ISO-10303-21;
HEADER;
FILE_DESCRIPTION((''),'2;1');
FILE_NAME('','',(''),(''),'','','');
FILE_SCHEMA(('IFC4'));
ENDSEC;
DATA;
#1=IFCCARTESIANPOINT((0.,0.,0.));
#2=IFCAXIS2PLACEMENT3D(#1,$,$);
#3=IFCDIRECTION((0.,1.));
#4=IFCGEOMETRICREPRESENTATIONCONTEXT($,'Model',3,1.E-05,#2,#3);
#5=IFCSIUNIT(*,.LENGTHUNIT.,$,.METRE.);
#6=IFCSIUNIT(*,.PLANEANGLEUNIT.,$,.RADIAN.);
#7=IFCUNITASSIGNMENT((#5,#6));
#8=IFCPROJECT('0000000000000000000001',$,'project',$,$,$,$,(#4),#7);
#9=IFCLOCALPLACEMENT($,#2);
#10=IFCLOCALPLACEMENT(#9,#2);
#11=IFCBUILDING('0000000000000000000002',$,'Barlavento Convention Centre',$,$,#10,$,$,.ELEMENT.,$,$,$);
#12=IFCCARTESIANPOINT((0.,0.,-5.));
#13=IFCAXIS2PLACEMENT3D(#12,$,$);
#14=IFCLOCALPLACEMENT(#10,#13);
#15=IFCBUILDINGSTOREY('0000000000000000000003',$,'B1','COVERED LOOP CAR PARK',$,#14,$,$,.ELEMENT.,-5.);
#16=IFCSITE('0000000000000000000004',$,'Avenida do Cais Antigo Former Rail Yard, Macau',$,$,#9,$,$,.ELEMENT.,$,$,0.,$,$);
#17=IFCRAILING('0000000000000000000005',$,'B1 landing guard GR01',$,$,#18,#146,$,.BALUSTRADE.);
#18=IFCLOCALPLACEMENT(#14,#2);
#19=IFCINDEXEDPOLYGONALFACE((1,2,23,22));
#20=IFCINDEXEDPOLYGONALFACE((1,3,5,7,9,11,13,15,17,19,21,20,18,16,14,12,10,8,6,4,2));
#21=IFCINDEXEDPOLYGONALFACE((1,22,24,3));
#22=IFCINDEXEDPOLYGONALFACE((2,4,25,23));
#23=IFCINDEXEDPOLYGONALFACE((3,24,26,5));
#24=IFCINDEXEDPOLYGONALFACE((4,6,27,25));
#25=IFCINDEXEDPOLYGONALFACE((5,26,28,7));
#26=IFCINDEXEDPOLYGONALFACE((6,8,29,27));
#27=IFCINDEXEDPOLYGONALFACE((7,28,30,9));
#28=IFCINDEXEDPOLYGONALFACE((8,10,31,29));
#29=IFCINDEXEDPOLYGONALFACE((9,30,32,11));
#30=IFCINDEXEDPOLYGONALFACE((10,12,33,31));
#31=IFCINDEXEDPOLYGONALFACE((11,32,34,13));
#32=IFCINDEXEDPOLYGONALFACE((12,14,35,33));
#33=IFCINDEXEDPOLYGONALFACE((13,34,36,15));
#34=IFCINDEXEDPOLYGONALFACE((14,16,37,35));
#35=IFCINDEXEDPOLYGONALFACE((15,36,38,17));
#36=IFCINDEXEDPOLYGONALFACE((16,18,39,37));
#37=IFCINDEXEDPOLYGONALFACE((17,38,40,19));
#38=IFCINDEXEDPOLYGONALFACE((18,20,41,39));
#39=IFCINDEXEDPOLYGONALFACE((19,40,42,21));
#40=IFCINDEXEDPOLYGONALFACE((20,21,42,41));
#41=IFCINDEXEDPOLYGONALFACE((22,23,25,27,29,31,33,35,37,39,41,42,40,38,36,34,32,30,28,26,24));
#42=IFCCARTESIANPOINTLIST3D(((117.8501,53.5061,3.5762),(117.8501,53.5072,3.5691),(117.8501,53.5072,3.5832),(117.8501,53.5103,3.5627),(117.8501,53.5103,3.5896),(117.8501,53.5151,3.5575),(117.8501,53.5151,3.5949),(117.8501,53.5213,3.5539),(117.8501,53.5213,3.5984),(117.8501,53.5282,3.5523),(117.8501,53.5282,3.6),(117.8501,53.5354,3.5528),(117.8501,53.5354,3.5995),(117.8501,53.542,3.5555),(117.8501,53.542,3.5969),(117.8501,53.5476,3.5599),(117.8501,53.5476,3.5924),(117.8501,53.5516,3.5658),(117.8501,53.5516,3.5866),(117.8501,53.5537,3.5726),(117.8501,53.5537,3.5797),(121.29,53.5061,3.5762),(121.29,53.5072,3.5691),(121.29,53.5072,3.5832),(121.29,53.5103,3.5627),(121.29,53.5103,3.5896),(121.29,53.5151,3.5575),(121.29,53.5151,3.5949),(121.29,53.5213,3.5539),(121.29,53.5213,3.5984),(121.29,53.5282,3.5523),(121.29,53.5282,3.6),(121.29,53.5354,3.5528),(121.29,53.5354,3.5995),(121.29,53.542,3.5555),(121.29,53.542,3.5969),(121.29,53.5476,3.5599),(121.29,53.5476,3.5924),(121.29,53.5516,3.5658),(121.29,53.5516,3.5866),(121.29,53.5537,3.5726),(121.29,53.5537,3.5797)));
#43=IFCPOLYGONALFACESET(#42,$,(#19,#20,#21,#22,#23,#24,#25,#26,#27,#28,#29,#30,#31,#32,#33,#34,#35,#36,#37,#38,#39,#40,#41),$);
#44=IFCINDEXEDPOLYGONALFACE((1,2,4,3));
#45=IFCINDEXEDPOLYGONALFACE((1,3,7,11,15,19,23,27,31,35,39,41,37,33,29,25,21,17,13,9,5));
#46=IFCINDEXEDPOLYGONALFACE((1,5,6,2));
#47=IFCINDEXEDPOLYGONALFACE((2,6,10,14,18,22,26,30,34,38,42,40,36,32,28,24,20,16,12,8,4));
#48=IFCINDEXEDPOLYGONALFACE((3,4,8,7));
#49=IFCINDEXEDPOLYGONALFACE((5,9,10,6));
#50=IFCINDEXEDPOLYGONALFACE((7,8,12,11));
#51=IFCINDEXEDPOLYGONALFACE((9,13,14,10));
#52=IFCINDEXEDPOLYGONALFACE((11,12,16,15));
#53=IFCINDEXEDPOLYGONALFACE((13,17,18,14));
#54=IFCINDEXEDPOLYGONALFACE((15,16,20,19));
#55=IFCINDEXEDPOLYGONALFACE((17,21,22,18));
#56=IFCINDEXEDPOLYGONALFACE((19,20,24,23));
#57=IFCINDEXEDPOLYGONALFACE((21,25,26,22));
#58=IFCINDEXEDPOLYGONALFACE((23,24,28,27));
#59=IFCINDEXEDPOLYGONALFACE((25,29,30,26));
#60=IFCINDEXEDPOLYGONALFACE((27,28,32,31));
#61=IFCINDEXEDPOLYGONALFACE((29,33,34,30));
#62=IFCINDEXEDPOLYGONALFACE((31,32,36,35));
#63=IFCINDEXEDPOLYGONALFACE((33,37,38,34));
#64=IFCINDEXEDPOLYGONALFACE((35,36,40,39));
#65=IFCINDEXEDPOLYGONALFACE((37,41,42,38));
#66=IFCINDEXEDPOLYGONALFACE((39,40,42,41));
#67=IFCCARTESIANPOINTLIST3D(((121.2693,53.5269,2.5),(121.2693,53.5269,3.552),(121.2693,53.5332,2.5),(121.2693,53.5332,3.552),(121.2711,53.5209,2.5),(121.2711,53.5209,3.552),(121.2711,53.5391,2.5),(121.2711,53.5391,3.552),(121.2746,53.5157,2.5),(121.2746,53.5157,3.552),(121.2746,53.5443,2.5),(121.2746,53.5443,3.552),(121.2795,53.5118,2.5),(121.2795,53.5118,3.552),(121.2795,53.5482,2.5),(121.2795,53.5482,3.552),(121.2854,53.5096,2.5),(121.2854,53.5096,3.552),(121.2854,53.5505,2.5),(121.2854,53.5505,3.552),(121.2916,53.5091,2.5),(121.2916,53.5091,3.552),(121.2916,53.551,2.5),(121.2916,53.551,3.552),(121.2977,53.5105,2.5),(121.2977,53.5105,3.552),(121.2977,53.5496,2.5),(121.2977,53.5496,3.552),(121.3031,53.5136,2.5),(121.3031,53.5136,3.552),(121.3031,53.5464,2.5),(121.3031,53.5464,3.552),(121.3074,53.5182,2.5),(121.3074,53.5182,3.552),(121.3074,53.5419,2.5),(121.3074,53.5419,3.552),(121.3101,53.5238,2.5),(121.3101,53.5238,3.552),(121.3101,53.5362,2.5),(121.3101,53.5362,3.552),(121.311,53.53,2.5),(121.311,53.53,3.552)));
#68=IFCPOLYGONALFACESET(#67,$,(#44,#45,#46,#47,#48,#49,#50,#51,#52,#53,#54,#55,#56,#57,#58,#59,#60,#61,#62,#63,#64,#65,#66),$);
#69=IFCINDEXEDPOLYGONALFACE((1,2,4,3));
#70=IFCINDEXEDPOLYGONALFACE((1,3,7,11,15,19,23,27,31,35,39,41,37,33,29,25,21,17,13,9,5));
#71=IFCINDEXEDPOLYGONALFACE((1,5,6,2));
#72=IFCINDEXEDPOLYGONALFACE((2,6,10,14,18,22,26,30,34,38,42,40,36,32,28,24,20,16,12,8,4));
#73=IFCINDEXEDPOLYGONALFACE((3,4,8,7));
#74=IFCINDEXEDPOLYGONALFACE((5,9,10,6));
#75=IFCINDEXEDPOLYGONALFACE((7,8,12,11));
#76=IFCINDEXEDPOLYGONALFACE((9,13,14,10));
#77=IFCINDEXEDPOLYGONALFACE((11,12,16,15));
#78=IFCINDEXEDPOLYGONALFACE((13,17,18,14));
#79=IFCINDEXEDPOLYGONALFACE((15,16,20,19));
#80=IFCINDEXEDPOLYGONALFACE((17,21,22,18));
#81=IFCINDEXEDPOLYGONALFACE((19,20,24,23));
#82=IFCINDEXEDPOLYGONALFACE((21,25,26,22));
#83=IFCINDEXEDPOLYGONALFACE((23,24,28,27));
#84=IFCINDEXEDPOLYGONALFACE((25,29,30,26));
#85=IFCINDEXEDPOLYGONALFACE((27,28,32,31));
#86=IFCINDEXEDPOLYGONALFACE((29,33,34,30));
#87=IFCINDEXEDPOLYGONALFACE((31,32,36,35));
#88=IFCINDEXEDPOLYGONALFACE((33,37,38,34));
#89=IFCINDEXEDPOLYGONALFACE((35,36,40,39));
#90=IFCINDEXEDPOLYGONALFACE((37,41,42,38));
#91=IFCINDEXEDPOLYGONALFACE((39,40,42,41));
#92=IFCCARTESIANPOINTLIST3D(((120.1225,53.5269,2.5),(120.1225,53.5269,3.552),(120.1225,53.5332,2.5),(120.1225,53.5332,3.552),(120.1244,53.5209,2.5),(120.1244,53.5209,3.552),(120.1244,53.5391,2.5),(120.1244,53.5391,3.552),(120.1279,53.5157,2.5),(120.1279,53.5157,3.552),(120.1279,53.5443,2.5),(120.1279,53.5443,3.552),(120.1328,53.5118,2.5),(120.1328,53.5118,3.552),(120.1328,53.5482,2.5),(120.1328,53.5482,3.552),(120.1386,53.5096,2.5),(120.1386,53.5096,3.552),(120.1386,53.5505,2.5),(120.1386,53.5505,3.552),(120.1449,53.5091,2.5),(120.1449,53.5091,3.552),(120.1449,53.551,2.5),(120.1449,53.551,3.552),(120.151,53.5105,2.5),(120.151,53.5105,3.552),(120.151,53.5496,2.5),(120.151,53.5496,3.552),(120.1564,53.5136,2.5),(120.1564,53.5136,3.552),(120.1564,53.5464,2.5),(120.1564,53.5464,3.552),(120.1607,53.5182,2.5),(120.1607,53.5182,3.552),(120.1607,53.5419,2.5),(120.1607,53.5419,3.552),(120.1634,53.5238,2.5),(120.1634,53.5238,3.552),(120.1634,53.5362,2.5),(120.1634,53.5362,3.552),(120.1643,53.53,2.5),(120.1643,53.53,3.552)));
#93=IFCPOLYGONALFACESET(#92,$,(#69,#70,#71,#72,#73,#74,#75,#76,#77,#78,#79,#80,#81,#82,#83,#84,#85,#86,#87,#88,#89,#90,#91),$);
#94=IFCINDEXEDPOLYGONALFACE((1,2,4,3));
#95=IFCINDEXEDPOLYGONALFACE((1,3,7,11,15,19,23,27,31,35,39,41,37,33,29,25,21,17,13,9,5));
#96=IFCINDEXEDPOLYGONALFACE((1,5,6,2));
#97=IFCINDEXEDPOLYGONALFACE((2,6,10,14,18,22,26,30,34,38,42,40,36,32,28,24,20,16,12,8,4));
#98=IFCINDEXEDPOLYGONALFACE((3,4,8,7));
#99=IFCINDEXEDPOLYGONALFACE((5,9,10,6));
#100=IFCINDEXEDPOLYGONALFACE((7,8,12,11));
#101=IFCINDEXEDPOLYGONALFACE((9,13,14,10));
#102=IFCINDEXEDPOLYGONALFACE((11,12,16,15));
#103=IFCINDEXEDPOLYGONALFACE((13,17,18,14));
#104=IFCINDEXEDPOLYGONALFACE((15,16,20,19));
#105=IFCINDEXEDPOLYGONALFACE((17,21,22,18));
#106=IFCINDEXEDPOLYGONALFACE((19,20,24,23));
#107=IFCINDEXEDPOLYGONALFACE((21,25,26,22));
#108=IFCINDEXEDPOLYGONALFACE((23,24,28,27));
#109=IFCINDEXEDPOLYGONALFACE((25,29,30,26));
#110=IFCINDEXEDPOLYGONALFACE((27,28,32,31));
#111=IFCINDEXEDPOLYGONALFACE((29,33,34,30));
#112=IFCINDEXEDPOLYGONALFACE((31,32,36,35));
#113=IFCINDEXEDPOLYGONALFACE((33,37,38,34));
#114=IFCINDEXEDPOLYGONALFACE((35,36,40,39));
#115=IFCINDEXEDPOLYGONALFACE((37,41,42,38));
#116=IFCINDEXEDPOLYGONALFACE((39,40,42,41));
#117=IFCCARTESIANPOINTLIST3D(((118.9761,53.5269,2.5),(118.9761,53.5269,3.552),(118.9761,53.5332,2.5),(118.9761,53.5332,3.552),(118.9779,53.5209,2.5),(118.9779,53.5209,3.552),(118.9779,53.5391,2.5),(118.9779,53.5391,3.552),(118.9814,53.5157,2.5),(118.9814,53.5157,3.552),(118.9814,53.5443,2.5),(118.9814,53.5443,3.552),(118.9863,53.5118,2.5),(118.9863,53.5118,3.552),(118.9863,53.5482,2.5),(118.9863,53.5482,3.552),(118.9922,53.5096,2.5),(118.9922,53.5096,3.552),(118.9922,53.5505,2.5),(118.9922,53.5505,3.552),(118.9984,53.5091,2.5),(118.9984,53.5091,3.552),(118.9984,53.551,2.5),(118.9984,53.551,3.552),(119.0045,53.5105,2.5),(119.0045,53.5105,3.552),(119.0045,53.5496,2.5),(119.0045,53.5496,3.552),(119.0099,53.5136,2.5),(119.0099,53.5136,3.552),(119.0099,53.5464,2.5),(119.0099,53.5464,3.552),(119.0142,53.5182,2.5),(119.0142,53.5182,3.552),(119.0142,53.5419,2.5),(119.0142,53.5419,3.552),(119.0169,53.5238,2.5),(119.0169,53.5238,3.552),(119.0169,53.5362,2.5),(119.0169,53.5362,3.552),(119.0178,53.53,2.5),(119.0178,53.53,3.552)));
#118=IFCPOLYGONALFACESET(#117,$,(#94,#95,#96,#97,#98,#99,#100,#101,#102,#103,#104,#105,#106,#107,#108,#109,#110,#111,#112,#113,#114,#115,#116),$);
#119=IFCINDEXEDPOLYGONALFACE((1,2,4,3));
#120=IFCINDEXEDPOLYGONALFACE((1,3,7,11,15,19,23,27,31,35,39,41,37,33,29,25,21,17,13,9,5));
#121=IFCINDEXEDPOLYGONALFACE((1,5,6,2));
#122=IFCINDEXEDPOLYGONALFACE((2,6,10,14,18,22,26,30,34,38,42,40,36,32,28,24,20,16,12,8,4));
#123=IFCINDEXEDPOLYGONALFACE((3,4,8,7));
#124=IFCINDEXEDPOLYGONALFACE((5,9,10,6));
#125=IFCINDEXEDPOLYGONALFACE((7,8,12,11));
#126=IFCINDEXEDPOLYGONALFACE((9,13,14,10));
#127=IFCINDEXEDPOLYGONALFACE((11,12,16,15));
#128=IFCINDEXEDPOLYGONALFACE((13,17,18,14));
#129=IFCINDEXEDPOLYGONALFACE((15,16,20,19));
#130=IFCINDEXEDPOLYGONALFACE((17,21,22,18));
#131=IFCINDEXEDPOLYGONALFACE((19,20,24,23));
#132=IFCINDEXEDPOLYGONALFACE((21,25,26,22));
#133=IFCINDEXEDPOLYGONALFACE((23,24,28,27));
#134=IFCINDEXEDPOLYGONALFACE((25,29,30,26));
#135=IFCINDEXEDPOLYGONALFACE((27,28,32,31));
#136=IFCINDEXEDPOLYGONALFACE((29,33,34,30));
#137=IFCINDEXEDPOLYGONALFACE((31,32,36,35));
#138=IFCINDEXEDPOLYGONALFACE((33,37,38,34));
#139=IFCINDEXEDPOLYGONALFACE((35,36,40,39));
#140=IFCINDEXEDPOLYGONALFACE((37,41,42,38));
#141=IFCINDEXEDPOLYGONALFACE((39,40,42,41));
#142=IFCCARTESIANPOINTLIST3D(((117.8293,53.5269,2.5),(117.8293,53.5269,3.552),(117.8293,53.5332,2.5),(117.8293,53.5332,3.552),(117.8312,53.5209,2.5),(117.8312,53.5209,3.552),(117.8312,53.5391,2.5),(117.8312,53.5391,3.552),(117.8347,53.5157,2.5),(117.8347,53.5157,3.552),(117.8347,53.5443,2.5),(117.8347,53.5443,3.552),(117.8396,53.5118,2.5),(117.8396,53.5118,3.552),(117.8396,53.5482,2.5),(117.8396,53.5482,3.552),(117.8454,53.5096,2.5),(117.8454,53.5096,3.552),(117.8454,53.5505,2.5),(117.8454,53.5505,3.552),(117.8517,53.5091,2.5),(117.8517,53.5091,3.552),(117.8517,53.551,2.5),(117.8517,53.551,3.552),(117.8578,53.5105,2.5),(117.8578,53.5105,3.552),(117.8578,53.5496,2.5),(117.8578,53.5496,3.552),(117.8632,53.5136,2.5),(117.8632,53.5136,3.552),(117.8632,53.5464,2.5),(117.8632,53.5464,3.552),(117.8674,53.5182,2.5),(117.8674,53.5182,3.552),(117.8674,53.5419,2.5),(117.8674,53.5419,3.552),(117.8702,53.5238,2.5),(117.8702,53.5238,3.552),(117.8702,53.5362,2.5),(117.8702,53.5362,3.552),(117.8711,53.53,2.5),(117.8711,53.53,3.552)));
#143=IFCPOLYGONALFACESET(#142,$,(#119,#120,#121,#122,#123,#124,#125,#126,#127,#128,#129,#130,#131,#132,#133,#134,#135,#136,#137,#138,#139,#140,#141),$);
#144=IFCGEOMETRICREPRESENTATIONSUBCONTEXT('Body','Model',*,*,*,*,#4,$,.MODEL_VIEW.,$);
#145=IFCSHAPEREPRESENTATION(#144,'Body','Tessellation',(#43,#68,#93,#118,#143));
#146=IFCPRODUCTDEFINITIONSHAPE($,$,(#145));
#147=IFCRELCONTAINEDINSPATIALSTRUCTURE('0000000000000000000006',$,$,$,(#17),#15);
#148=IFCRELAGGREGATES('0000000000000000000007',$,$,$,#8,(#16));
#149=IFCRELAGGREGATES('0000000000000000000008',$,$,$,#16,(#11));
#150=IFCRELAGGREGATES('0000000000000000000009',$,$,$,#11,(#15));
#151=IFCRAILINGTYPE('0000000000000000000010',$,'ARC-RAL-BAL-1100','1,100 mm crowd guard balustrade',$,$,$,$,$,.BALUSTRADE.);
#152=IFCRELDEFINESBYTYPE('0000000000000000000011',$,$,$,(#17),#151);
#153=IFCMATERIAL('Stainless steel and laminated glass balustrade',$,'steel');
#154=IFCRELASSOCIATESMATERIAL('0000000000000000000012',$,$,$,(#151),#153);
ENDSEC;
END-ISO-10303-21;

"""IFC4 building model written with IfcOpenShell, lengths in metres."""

from ifc_helpers import new_model, si_unit, direction, frame, origin, origin_2d, place, context, subcontext, project, spatial, circle, extrude, material, type_object, element, save


model = new_model("IFC4")

# Units and contexts
model_context = context("Model", 3, precision=1e-05, world=origin(), true_north=direction((0.0, 1.0)))
body_context = subcontext(model_context, "Body", "Model", "MODEL_VIEW")
ifc_project = project(units=[si_unit("LENGTHUNIT", "METRE"), si_unit("PLANEANGLEUNIT", "RADIAN")], contexts=[model_context])

# Site, building, storey
site_placement = place(None, origin())
site = spatial("IfcSite", under=ifc_project, at=site_placement, Name="Avenida do Cais Antigo Former Rail Yard, Macau", CompositionType="ELEMENT", RefElevation=0.0)
building_placement = place(site_placement, origin())
building = spatial("IfcBuilding", under=site, at=building_placement, Name="Barlavento Convention Centre", CompositionType="ELEMENT")
storey_placement = place(building_placement, frame((0.0, 0.0, -5.0)))
storey = spatial("IfcBuildingStorey", under=building, at=storey_placement, Name="B1", Description="COVERED LOOP CAR PARK", CompositionType="ELEMENT", Elevation=-5.0)

# Railing
ifc_material_1 = material(Name="Stainless steel and laminated glass balustrade", Category="steel")
railing_type_1 = type_object("IfcRailingType", Name="ARC-RAL-BAL-1100", Description="1,100 mm crowd guard balustrade", PredefinedType="BALUSTRADE", material=ifc_material_1)
railing_1_placement = place(storey_placement, frame((121.29, 53.53, 2.5)))
element("IfcRailing", 1, at=railing_1_placement, inside=storey, type_object=railing_type_1, Name="B1 landing guard GR01", PredefinedType="BALUSTRADE", context=body_context, shape_type="SweptSolid", body=[
    extrude(circle(Radius=0.0239, at=origin_2d()), frame((0.0, 0.0, 1.0762), z_axis=(-1.0, 0.0, 0.0), x_axis=(0.0, -1.0, 0.0)), (0.0, 0.0, 1.0), 3.4399),
    extrude(circle(Radius=0.021, at=origin_2d()), origin(), (0.0, 0.0, 1.0), 1.052),
    extrude(circle(Radius=0.021, at=origin_2d()), frame((-1.1467, 0.0, 0.0)), (0.0, 0.0, 1.0), 1.052),
    extrude(circle(Radius=0.021, at=origin_2d()), frame((-2.2932, 0.0, 0.0)), (0.0, 0.0, 1.0), 1.052),
    extrude(circle(Radius=0.021, at=origin_2d()), frame((-3.4399, 0.0, 0.0)), (0.0, 0.0, 1.0), 1.052),
])

save(model, "model.ifc")
